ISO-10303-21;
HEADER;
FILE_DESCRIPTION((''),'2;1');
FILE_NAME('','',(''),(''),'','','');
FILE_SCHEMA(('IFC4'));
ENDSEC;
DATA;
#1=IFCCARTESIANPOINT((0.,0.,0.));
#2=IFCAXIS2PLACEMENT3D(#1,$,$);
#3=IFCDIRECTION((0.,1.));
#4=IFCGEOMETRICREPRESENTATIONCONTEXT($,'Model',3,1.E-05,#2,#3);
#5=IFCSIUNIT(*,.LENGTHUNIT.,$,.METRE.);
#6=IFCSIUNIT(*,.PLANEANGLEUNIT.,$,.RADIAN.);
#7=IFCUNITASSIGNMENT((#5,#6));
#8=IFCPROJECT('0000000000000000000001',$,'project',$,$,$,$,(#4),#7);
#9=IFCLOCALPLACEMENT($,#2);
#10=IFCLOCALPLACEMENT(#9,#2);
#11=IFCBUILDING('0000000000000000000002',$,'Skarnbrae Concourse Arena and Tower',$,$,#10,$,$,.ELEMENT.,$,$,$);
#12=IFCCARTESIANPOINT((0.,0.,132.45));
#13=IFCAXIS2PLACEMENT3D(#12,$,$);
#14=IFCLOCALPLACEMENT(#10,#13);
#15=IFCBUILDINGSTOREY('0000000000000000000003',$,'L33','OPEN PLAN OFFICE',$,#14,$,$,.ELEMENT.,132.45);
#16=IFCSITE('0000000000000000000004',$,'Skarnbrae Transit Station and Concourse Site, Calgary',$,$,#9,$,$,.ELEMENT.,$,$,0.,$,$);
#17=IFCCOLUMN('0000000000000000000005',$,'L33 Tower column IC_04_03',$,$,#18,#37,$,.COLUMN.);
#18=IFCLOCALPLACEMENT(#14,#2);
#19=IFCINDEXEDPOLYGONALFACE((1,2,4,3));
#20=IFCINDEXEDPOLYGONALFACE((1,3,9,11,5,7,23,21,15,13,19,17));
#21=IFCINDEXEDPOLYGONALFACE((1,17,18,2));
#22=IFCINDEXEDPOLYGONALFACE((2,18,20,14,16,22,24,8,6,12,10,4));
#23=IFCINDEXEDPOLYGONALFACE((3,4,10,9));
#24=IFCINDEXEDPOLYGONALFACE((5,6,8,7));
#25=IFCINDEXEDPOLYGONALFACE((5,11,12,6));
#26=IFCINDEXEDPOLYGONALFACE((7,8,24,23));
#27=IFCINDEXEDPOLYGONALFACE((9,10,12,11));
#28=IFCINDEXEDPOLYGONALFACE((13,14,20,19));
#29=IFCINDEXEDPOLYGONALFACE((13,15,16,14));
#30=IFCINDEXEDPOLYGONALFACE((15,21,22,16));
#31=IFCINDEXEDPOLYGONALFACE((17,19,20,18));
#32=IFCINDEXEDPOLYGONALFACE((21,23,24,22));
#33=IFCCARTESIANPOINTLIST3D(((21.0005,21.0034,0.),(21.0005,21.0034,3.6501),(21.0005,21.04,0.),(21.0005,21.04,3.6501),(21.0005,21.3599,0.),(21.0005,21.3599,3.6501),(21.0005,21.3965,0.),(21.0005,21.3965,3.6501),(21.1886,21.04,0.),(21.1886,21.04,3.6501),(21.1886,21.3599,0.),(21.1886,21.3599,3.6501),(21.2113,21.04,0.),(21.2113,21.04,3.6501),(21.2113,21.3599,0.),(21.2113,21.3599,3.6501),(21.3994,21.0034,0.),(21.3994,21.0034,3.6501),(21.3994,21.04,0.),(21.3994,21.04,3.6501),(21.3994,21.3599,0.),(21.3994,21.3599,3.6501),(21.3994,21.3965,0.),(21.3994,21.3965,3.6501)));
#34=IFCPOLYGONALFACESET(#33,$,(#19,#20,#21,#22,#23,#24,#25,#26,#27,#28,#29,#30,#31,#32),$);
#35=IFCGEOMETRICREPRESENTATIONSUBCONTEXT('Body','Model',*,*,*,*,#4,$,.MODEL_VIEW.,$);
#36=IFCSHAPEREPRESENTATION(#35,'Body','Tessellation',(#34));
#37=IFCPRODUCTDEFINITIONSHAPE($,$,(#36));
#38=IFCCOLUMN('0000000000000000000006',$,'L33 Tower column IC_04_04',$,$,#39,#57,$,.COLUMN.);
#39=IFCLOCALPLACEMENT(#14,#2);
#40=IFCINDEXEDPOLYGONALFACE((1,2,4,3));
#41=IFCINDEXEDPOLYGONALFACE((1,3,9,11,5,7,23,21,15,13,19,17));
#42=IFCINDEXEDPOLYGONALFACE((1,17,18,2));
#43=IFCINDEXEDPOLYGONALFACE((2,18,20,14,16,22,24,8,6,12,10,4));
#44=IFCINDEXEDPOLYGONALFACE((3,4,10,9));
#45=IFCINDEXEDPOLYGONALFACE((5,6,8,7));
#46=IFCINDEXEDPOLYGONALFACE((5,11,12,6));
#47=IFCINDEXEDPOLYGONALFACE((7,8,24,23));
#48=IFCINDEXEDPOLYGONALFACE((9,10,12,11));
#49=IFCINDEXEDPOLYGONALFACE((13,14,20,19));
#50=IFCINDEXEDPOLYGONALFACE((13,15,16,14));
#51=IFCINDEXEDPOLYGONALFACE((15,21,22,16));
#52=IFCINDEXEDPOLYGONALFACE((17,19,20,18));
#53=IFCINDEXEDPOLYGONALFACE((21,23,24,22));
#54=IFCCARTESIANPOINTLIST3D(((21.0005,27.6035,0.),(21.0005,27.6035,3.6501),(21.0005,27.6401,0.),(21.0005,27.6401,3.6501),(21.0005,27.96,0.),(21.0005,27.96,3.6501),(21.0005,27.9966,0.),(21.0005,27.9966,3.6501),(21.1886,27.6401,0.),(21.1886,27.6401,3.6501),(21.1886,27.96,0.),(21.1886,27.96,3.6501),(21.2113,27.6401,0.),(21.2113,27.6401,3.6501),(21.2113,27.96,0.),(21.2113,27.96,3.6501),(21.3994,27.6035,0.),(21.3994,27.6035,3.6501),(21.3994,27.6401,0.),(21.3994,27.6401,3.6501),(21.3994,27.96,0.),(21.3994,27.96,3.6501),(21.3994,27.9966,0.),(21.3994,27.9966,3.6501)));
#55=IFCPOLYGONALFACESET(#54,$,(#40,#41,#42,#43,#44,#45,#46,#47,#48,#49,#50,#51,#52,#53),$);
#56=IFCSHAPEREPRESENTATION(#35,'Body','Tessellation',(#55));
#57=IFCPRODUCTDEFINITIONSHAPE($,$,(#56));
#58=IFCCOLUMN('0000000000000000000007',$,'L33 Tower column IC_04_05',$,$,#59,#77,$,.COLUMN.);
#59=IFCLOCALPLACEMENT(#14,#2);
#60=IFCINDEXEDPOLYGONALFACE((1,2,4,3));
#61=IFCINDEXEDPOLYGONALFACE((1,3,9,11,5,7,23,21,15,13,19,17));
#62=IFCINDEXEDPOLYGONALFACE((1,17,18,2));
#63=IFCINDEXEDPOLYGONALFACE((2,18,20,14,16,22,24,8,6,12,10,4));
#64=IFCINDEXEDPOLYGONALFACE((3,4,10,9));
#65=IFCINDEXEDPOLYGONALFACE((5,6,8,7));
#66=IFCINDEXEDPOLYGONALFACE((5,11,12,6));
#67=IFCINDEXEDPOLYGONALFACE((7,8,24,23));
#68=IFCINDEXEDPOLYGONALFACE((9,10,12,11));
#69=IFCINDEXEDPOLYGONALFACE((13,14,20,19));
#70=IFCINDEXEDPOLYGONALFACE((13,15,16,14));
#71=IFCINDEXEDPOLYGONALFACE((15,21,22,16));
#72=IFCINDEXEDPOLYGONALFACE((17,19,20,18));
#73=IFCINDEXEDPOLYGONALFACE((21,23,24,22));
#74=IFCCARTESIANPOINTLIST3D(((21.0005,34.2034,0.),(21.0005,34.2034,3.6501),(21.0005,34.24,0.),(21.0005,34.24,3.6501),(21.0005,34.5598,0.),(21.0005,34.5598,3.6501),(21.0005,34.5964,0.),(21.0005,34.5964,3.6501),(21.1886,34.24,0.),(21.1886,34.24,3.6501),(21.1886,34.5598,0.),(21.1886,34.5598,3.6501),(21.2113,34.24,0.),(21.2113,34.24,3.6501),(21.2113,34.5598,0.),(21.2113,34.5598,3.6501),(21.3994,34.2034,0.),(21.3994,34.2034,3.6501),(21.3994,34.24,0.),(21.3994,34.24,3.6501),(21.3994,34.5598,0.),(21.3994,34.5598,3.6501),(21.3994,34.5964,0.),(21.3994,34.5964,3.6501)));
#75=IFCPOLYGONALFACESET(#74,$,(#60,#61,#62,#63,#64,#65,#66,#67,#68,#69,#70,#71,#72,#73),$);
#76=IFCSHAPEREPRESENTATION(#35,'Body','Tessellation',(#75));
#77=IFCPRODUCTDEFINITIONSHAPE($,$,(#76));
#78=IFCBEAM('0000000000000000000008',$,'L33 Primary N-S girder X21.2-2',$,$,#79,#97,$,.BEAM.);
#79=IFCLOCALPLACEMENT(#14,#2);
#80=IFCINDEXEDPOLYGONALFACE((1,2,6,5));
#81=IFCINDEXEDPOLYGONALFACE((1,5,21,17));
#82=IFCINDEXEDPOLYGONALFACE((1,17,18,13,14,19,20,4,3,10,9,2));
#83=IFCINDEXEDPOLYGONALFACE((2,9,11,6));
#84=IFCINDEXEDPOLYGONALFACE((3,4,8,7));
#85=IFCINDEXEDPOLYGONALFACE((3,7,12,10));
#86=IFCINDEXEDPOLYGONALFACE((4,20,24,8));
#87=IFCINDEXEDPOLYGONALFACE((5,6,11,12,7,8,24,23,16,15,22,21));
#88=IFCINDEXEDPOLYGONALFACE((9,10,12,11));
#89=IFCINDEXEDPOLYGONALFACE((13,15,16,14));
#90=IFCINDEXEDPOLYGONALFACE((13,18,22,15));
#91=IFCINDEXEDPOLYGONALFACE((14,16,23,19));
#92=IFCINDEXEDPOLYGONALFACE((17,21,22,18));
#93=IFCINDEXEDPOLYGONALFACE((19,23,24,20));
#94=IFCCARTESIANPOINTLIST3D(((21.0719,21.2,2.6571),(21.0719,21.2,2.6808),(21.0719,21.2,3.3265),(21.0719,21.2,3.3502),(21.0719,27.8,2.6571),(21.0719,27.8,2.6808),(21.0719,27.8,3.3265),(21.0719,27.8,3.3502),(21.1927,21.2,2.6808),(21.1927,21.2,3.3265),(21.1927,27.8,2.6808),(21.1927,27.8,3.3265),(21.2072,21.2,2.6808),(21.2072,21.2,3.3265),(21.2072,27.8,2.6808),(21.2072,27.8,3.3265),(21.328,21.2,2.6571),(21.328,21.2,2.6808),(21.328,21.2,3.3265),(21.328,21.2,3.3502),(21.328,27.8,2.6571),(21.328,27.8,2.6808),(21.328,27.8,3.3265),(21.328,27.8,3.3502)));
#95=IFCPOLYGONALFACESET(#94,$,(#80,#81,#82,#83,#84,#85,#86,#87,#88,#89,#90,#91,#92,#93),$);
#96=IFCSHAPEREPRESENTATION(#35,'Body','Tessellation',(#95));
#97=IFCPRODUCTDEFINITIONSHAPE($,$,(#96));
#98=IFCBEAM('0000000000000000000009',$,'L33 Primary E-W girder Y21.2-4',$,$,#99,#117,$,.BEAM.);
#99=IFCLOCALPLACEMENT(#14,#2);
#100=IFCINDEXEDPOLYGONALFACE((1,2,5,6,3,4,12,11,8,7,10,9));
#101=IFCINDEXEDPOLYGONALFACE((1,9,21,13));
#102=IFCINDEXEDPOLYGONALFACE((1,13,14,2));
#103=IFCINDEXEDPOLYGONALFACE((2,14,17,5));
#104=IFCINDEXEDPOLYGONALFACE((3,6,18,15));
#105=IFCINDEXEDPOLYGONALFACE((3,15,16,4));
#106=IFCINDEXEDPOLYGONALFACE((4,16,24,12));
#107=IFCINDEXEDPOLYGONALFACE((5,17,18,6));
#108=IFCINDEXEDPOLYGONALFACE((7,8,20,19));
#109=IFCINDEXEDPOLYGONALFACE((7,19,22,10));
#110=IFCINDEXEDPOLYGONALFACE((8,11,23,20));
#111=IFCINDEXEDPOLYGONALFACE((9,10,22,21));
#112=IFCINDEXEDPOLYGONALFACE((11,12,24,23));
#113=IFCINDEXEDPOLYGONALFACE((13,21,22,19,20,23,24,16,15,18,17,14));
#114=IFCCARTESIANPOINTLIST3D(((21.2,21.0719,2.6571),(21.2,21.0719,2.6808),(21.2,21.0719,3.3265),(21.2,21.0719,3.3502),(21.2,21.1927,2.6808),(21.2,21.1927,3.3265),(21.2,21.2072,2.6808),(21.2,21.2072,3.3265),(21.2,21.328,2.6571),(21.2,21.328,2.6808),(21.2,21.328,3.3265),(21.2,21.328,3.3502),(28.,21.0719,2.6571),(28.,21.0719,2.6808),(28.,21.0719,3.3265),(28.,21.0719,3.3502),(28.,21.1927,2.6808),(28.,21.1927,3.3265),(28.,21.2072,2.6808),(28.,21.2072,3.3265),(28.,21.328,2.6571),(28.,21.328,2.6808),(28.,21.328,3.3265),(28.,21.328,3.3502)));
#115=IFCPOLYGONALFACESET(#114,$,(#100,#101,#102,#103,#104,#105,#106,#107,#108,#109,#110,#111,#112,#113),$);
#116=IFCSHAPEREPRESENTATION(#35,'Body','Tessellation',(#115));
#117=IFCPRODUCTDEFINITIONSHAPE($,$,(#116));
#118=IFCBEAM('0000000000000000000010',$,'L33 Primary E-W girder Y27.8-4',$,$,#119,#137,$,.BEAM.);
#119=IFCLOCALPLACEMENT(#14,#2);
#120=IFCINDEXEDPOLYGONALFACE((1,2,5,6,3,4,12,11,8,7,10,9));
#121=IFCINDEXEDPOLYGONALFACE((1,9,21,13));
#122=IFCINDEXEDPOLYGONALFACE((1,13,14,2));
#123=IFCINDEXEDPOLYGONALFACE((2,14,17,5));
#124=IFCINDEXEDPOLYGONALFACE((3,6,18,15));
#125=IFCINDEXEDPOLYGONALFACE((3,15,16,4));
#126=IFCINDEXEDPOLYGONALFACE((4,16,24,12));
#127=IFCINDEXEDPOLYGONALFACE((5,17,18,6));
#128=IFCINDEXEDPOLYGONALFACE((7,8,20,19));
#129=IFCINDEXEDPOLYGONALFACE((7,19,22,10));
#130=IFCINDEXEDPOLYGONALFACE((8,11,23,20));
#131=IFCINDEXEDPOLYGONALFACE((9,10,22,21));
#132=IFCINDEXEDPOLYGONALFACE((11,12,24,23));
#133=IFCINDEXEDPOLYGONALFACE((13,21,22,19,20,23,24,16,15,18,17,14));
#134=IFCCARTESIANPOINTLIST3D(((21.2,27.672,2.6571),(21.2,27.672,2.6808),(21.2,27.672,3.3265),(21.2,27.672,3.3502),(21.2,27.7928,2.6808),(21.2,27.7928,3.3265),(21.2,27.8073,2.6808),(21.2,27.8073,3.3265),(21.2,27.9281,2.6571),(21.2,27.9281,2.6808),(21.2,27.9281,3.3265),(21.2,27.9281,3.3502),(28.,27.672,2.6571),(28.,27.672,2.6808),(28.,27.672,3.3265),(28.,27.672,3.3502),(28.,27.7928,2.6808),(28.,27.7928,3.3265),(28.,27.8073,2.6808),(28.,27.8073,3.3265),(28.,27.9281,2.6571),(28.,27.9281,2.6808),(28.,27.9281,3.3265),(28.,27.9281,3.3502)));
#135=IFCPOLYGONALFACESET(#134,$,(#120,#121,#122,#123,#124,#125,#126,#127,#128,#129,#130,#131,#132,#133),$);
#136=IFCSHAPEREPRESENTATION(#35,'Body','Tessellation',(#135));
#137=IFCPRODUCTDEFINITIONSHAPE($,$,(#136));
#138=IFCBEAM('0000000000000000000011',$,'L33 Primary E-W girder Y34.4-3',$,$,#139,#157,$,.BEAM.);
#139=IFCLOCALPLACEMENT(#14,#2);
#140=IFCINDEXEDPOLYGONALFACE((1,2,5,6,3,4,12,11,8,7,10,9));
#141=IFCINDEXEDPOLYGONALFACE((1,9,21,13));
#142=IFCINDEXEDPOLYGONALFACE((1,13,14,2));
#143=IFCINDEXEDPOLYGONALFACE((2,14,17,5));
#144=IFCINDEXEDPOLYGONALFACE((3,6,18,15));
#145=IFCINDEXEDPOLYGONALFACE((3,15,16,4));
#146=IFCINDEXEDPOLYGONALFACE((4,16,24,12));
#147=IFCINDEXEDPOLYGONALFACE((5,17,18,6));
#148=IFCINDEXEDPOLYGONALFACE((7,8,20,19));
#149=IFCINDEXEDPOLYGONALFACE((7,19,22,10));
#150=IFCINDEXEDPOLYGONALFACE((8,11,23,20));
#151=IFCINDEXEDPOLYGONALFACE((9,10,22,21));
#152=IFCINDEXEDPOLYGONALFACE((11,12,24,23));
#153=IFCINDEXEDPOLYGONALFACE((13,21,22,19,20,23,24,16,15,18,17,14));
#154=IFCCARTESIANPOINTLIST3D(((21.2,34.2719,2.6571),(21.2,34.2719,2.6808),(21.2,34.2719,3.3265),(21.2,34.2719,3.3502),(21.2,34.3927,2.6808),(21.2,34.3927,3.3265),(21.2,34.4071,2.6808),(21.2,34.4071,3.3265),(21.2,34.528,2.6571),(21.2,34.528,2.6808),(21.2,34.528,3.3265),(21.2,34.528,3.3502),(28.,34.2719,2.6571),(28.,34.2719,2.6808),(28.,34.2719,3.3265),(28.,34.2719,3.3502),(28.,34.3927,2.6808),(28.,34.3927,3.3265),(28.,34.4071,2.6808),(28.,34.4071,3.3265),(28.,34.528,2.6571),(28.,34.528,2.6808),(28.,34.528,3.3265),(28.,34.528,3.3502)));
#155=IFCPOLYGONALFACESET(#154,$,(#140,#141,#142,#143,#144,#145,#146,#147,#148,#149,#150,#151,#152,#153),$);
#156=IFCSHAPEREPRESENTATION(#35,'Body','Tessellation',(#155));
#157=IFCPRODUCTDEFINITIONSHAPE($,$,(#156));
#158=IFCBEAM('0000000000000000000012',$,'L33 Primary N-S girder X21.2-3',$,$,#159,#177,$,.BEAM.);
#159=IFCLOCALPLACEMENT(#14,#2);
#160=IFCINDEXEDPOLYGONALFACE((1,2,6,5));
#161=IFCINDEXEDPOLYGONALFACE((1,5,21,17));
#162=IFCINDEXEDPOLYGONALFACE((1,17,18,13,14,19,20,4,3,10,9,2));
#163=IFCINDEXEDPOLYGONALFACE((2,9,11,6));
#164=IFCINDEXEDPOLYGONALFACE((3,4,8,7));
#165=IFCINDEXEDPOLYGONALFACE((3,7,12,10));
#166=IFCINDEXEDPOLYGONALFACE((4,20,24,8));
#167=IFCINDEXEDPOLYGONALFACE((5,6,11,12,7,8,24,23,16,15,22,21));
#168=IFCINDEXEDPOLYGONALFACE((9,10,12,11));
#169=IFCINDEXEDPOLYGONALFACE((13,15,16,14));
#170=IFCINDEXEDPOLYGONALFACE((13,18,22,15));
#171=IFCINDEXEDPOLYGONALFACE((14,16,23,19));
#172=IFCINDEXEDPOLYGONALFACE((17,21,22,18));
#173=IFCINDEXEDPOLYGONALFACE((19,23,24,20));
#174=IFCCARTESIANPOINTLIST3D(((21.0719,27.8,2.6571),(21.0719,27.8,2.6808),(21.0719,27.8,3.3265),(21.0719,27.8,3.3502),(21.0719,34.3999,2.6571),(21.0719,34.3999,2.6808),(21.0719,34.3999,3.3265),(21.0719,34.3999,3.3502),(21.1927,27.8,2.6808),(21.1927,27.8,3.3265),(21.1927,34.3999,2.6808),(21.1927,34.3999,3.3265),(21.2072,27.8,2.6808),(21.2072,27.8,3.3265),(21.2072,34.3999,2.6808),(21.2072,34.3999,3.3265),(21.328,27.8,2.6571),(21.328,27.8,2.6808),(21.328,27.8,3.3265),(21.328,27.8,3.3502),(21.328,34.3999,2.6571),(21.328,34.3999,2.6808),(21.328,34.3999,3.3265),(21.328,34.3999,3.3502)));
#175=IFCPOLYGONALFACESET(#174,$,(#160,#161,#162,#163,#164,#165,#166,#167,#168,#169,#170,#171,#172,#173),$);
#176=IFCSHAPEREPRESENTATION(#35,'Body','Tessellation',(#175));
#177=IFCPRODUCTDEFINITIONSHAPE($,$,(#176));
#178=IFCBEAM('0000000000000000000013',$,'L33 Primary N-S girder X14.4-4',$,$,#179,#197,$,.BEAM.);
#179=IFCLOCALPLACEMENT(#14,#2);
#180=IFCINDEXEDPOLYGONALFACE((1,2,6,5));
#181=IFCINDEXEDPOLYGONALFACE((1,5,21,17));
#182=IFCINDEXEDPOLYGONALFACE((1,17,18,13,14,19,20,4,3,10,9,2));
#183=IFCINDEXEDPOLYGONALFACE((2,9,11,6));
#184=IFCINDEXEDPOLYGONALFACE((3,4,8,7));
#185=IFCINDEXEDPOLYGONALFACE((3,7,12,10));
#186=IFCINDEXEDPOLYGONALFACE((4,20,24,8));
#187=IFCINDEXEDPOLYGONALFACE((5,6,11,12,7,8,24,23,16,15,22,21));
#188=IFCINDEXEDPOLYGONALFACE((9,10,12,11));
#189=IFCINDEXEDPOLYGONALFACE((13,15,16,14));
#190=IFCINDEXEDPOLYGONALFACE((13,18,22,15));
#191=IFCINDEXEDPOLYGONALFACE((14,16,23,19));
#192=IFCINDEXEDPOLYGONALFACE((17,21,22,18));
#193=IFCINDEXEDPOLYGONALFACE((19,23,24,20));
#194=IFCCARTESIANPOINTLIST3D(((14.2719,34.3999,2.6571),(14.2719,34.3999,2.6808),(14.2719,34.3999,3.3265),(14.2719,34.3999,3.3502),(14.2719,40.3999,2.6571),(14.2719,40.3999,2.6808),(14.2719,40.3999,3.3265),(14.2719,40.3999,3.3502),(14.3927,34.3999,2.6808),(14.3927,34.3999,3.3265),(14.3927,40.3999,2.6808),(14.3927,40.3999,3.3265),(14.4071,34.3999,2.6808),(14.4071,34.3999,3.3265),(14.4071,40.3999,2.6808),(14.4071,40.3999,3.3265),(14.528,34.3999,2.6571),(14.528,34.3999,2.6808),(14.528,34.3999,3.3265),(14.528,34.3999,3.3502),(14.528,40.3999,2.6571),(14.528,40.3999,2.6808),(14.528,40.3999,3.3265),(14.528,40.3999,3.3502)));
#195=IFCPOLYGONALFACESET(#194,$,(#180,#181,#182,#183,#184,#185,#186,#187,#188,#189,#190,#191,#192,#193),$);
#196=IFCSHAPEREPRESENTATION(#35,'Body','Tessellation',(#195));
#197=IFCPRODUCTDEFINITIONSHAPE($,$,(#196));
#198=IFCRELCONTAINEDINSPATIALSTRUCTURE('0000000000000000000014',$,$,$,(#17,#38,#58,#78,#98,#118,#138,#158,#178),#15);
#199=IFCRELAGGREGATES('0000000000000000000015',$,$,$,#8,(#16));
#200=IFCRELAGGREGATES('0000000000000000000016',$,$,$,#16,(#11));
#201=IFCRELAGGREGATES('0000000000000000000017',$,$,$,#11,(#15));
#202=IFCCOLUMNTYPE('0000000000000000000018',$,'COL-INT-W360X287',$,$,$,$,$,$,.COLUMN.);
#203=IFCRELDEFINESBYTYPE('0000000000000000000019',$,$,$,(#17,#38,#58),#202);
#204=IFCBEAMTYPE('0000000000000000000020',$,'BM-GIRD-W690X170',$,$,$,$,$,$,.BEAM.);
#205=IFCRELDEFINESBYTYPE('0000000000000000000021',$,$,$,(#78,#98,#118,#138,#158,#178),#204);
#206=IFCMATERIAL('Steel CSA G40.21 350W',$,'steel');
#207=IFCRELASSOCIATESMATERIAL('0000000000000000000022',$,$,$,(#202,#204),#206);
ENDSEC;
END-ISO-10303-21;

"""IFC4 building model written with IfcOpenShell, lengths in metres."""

from ifc_helpers import new_model, si_unit, direction, frame, origin, origin_2d, place, context, subcontext, project, spatial, i_section, extrude, source, transform, mapped, material, material_profile, profile_set, type_object, element, save


model = new_model("IFC4")

# Units and contexts
model_context = context("Model", 3, precision=1e-05, world=origin(), true_north=direction((0.0, 1.0)))
body_context = subcontext(model_context, "Body", "Model", "MODEL_VIEW")
ifc_project = project(units=[si_unit("LENGTHUNIT", "METRE"), si_unit("PLANEANGLEUNIT", "RADIAN")], contexts=[model_context])

# Site, building, storey
site_placement = place(None, origin())
site = spatial("IfcSite", under=ifc_project, at=site_placement, Name="Skarnbrae Transit Station and Concourse Site, Calgary", CompositionType="ELEMENT", RefElevation=0.0)
building_placement = place(site_placement, origin())
building = spatial("IfcBuilding", under=site, at=building_placement, Name="Skarnbrae Concourse Arena and Tower", CompositionType="ELEMENT")
storey_placement = place(building_placement, frame((0.0, 0.0, 132.45)))
storey = spatial("IfcBuildingStorey", under=building, at=storey_placement, Name="L33", Description="OPEN PLAN OFFICE", CompositionType="ELEMENT", Elevation=132.45)

# Columns
ifc_material_1 = material(Name="Steel CSA G40.21 350W", Category="steel")
ifc_material_profile_1 = material_profile(ifc_material_1, i_section(OverallWidth=0.3989, OverallDepth=0.3931, WebThickness=0.0227, FlangeThickness=0.0366, at=origin_2d()), Name="W360X287")
ifc_profile_set_1 = profile_set([ifc_material_profile_1], Name="Steel CSA G40.21 350W")
column_type = type_object("IfcColumnType", Name="COL-INT-W360X287", PredefinedType="COLUMN", material=ifc_profile_set_1)
shared_shape_1 = source(origin(), body_context, "Body", "SweptSolid", [
    extrude(i_section(OverallWidth=0.3989, OverallDepth=0.3931, WebThickness=0.0227, FlangeThickness=0.0366, at=origin_2d()), origin(), (0.0, 0.0, 1.0), 3.6501),
])
for number, where, z_axis, x_axis, name in (
    (1, (21.2, 21.2, 0.0), (0.0, 0.0, 1.0), (1.0, 0.0, 0.0), "L33 Tower column IC_04_03"),
    (2, (21.2, 27.8, 0.0), (0.0, 0.0, 1.0), (1.0, 0.0, 0.0), "L33 Tower column IC_04_04"),
    (3, (21.2, 34.3999, 0.0), (0.0, 0.0, 1.0), (1.0, 0.0, 0.0), "L33 Tower column IC_04_05"),
):
    element("IfcColumn", number, at=place(storey_placement, frame(where, z_axis=z_axis, x_axis=x_axis)), inside=storey, type_object=column_type, Name=name, PredefinedType="COLUMN", context=body_context, shape_type="MappedRepresentation", body=[
        mapped(shared_shape_1, transform((0.0, 0.0, 0.0))),
    ])

# Beams
ifc_material_profile_2 = material_profile(ifc_material_1, i_section(OverallWidth=0.2561, OverallDepth=0.6931, WebThickness=0.0144, FlangeThickness=0.0237, at=origin_2d()), Name="W690X170")
ifc_profile_set_2 = profile_set([ifc_material_profile_2], Name="Steel CSA G40.21 350W")
beam_type_1 = type_object("IfcBeamType", Name="BM-GIRD-W690X170", PredefinedType="BEAM", material=ifc_profile_set_2)
shared_shape_2 = source(origin(), body_context, "Body", "SweptSolid", [
    extrude(i_section(OverallWidth=0.2561, OverallDepth=0.6931, WebThickness=0.0144, FlangeThickness=0.0237, at=origin_2d()), origin(), (0.0, 0.0, 1.0), 6.6001),
])
beam_1_placement = place(storey_placement, frame((21.2, 21.2, 3.0037), z_axis=(0.0, 1.0, 0.0), x_axis=(-1.0, 0.0, 0.0)))
element("IfcBeam", 4, at=beam_1_placement, inside=storey, type_object=beam_type_1, Name="L33 Primary N-S girder X21.2-2", PredefinedType="BEAM", context=body_context, shape_type="MappedRepresentation", body=[
    mapped(shared_shape_2, transform((0.0, 0.0, 0.0))),
])
shared_shape_3 = source(origin(), body_context, "Body", "SweptSolid", [
    extrude(i_section(OverallWidth=0.2561, OverallDepth=0.6931, WebThickness=0.0144, FlangeThickness=0.0237, at=origin_2d()), origin(), (0.0, 0.0, 1.0), 6.8),
])
for number, where, z_axis, x_axis, name in (
    (5, (21.2, 21.2, 3.0037), (1.0, 0.0, 0.0), (0.0, 1.0, 0.0), "L33 Primary E-W girder Y21.2-4"),
    (6, (21.2, 27.8, 3.0037), (1.0, 0.0, 0.0), (0.0, 1.0, 0.0), "L33 Primary E-W girder Y27.8-4"),
    (7, (21.2, 34.3999, 3.0037), (1.0, 0.0, 0.0), (0.0, 1.0, 0.0), "L33 Primary E-W girder Y34.4-3"),
):
    element("IfcBeam", number, at=place(storey_placement, frame(where, z_axis=z_axis, x_axis=x_axis)), inside=storey, type_object=beam_type_1, Name=name, PredefinedType="BEAM", context=body_context, shape_type="MappedRepresentation", body=[
        mapped(shared_shape_3, transform((0.0, 0.0, 0.0))),
    ])
shared_shape_4 = source(origin(), body_context, "Body", "SweptSolid", [
    extrude(i_section(OverallWidth=0.2561, OverallDepth=0.6931, WebThickness=0.0144, FlangeThickness=0.0237, at=origin_2d()), origin(), (0.0, 0.0, 1.0), 6.5999),
])
beam_2_placement = place(storey_placement, frame((21.2, 27.8, 3.0037), z_axis=(0.0, 1.0, 0.0), x_axis=(-1.0, 0.0, 0.0)))
element("IfcBeam", 8, at=beam_2_placement, inside=storey, type_object=beam_type_1, Name="L33 Primary N-S girder X21.2-3", PredefinedType="BEAM", context=body_context, shape_type="MappedRepresentation", body=[
    mapped(shared_shape_4, transform((0.0, 0.0, 0.0))),
])
shared_shape_5 = source(origin(), body_context, "Body", "SweptSolid", [
    extrude(i_section(OverallWidth=0.2561, OverallDepth=0.6931, WebThickness=0.0144, FlangeThickness=0.0237, at=origin_2d()), origin(), (0.0, 0.0, 1.0), 6.0),
])
for number, where, z_axis, x_axis, name in (
    (9, (14.3999, 34.3999, 3.0037), (0.0, 1.0, 0.0), (-1.0, 0.0, 0.0), "L33 Primary N-S girder X14.4-4"),
):
    element("IfcBeam", number, at=place(storey_placement, frame(where, z_axis=z_axis, x_axis=x_axis)), inside=storey, type_object=beam_type_1, Name=name, PredefinedType="BEAM", context=body_context, shape_type="MappedRepresentation", body=[
        mapped(shared_shape_5, transform((0.0, 0.0, 0.0))),
    ])

save(model, "model.ifc")
